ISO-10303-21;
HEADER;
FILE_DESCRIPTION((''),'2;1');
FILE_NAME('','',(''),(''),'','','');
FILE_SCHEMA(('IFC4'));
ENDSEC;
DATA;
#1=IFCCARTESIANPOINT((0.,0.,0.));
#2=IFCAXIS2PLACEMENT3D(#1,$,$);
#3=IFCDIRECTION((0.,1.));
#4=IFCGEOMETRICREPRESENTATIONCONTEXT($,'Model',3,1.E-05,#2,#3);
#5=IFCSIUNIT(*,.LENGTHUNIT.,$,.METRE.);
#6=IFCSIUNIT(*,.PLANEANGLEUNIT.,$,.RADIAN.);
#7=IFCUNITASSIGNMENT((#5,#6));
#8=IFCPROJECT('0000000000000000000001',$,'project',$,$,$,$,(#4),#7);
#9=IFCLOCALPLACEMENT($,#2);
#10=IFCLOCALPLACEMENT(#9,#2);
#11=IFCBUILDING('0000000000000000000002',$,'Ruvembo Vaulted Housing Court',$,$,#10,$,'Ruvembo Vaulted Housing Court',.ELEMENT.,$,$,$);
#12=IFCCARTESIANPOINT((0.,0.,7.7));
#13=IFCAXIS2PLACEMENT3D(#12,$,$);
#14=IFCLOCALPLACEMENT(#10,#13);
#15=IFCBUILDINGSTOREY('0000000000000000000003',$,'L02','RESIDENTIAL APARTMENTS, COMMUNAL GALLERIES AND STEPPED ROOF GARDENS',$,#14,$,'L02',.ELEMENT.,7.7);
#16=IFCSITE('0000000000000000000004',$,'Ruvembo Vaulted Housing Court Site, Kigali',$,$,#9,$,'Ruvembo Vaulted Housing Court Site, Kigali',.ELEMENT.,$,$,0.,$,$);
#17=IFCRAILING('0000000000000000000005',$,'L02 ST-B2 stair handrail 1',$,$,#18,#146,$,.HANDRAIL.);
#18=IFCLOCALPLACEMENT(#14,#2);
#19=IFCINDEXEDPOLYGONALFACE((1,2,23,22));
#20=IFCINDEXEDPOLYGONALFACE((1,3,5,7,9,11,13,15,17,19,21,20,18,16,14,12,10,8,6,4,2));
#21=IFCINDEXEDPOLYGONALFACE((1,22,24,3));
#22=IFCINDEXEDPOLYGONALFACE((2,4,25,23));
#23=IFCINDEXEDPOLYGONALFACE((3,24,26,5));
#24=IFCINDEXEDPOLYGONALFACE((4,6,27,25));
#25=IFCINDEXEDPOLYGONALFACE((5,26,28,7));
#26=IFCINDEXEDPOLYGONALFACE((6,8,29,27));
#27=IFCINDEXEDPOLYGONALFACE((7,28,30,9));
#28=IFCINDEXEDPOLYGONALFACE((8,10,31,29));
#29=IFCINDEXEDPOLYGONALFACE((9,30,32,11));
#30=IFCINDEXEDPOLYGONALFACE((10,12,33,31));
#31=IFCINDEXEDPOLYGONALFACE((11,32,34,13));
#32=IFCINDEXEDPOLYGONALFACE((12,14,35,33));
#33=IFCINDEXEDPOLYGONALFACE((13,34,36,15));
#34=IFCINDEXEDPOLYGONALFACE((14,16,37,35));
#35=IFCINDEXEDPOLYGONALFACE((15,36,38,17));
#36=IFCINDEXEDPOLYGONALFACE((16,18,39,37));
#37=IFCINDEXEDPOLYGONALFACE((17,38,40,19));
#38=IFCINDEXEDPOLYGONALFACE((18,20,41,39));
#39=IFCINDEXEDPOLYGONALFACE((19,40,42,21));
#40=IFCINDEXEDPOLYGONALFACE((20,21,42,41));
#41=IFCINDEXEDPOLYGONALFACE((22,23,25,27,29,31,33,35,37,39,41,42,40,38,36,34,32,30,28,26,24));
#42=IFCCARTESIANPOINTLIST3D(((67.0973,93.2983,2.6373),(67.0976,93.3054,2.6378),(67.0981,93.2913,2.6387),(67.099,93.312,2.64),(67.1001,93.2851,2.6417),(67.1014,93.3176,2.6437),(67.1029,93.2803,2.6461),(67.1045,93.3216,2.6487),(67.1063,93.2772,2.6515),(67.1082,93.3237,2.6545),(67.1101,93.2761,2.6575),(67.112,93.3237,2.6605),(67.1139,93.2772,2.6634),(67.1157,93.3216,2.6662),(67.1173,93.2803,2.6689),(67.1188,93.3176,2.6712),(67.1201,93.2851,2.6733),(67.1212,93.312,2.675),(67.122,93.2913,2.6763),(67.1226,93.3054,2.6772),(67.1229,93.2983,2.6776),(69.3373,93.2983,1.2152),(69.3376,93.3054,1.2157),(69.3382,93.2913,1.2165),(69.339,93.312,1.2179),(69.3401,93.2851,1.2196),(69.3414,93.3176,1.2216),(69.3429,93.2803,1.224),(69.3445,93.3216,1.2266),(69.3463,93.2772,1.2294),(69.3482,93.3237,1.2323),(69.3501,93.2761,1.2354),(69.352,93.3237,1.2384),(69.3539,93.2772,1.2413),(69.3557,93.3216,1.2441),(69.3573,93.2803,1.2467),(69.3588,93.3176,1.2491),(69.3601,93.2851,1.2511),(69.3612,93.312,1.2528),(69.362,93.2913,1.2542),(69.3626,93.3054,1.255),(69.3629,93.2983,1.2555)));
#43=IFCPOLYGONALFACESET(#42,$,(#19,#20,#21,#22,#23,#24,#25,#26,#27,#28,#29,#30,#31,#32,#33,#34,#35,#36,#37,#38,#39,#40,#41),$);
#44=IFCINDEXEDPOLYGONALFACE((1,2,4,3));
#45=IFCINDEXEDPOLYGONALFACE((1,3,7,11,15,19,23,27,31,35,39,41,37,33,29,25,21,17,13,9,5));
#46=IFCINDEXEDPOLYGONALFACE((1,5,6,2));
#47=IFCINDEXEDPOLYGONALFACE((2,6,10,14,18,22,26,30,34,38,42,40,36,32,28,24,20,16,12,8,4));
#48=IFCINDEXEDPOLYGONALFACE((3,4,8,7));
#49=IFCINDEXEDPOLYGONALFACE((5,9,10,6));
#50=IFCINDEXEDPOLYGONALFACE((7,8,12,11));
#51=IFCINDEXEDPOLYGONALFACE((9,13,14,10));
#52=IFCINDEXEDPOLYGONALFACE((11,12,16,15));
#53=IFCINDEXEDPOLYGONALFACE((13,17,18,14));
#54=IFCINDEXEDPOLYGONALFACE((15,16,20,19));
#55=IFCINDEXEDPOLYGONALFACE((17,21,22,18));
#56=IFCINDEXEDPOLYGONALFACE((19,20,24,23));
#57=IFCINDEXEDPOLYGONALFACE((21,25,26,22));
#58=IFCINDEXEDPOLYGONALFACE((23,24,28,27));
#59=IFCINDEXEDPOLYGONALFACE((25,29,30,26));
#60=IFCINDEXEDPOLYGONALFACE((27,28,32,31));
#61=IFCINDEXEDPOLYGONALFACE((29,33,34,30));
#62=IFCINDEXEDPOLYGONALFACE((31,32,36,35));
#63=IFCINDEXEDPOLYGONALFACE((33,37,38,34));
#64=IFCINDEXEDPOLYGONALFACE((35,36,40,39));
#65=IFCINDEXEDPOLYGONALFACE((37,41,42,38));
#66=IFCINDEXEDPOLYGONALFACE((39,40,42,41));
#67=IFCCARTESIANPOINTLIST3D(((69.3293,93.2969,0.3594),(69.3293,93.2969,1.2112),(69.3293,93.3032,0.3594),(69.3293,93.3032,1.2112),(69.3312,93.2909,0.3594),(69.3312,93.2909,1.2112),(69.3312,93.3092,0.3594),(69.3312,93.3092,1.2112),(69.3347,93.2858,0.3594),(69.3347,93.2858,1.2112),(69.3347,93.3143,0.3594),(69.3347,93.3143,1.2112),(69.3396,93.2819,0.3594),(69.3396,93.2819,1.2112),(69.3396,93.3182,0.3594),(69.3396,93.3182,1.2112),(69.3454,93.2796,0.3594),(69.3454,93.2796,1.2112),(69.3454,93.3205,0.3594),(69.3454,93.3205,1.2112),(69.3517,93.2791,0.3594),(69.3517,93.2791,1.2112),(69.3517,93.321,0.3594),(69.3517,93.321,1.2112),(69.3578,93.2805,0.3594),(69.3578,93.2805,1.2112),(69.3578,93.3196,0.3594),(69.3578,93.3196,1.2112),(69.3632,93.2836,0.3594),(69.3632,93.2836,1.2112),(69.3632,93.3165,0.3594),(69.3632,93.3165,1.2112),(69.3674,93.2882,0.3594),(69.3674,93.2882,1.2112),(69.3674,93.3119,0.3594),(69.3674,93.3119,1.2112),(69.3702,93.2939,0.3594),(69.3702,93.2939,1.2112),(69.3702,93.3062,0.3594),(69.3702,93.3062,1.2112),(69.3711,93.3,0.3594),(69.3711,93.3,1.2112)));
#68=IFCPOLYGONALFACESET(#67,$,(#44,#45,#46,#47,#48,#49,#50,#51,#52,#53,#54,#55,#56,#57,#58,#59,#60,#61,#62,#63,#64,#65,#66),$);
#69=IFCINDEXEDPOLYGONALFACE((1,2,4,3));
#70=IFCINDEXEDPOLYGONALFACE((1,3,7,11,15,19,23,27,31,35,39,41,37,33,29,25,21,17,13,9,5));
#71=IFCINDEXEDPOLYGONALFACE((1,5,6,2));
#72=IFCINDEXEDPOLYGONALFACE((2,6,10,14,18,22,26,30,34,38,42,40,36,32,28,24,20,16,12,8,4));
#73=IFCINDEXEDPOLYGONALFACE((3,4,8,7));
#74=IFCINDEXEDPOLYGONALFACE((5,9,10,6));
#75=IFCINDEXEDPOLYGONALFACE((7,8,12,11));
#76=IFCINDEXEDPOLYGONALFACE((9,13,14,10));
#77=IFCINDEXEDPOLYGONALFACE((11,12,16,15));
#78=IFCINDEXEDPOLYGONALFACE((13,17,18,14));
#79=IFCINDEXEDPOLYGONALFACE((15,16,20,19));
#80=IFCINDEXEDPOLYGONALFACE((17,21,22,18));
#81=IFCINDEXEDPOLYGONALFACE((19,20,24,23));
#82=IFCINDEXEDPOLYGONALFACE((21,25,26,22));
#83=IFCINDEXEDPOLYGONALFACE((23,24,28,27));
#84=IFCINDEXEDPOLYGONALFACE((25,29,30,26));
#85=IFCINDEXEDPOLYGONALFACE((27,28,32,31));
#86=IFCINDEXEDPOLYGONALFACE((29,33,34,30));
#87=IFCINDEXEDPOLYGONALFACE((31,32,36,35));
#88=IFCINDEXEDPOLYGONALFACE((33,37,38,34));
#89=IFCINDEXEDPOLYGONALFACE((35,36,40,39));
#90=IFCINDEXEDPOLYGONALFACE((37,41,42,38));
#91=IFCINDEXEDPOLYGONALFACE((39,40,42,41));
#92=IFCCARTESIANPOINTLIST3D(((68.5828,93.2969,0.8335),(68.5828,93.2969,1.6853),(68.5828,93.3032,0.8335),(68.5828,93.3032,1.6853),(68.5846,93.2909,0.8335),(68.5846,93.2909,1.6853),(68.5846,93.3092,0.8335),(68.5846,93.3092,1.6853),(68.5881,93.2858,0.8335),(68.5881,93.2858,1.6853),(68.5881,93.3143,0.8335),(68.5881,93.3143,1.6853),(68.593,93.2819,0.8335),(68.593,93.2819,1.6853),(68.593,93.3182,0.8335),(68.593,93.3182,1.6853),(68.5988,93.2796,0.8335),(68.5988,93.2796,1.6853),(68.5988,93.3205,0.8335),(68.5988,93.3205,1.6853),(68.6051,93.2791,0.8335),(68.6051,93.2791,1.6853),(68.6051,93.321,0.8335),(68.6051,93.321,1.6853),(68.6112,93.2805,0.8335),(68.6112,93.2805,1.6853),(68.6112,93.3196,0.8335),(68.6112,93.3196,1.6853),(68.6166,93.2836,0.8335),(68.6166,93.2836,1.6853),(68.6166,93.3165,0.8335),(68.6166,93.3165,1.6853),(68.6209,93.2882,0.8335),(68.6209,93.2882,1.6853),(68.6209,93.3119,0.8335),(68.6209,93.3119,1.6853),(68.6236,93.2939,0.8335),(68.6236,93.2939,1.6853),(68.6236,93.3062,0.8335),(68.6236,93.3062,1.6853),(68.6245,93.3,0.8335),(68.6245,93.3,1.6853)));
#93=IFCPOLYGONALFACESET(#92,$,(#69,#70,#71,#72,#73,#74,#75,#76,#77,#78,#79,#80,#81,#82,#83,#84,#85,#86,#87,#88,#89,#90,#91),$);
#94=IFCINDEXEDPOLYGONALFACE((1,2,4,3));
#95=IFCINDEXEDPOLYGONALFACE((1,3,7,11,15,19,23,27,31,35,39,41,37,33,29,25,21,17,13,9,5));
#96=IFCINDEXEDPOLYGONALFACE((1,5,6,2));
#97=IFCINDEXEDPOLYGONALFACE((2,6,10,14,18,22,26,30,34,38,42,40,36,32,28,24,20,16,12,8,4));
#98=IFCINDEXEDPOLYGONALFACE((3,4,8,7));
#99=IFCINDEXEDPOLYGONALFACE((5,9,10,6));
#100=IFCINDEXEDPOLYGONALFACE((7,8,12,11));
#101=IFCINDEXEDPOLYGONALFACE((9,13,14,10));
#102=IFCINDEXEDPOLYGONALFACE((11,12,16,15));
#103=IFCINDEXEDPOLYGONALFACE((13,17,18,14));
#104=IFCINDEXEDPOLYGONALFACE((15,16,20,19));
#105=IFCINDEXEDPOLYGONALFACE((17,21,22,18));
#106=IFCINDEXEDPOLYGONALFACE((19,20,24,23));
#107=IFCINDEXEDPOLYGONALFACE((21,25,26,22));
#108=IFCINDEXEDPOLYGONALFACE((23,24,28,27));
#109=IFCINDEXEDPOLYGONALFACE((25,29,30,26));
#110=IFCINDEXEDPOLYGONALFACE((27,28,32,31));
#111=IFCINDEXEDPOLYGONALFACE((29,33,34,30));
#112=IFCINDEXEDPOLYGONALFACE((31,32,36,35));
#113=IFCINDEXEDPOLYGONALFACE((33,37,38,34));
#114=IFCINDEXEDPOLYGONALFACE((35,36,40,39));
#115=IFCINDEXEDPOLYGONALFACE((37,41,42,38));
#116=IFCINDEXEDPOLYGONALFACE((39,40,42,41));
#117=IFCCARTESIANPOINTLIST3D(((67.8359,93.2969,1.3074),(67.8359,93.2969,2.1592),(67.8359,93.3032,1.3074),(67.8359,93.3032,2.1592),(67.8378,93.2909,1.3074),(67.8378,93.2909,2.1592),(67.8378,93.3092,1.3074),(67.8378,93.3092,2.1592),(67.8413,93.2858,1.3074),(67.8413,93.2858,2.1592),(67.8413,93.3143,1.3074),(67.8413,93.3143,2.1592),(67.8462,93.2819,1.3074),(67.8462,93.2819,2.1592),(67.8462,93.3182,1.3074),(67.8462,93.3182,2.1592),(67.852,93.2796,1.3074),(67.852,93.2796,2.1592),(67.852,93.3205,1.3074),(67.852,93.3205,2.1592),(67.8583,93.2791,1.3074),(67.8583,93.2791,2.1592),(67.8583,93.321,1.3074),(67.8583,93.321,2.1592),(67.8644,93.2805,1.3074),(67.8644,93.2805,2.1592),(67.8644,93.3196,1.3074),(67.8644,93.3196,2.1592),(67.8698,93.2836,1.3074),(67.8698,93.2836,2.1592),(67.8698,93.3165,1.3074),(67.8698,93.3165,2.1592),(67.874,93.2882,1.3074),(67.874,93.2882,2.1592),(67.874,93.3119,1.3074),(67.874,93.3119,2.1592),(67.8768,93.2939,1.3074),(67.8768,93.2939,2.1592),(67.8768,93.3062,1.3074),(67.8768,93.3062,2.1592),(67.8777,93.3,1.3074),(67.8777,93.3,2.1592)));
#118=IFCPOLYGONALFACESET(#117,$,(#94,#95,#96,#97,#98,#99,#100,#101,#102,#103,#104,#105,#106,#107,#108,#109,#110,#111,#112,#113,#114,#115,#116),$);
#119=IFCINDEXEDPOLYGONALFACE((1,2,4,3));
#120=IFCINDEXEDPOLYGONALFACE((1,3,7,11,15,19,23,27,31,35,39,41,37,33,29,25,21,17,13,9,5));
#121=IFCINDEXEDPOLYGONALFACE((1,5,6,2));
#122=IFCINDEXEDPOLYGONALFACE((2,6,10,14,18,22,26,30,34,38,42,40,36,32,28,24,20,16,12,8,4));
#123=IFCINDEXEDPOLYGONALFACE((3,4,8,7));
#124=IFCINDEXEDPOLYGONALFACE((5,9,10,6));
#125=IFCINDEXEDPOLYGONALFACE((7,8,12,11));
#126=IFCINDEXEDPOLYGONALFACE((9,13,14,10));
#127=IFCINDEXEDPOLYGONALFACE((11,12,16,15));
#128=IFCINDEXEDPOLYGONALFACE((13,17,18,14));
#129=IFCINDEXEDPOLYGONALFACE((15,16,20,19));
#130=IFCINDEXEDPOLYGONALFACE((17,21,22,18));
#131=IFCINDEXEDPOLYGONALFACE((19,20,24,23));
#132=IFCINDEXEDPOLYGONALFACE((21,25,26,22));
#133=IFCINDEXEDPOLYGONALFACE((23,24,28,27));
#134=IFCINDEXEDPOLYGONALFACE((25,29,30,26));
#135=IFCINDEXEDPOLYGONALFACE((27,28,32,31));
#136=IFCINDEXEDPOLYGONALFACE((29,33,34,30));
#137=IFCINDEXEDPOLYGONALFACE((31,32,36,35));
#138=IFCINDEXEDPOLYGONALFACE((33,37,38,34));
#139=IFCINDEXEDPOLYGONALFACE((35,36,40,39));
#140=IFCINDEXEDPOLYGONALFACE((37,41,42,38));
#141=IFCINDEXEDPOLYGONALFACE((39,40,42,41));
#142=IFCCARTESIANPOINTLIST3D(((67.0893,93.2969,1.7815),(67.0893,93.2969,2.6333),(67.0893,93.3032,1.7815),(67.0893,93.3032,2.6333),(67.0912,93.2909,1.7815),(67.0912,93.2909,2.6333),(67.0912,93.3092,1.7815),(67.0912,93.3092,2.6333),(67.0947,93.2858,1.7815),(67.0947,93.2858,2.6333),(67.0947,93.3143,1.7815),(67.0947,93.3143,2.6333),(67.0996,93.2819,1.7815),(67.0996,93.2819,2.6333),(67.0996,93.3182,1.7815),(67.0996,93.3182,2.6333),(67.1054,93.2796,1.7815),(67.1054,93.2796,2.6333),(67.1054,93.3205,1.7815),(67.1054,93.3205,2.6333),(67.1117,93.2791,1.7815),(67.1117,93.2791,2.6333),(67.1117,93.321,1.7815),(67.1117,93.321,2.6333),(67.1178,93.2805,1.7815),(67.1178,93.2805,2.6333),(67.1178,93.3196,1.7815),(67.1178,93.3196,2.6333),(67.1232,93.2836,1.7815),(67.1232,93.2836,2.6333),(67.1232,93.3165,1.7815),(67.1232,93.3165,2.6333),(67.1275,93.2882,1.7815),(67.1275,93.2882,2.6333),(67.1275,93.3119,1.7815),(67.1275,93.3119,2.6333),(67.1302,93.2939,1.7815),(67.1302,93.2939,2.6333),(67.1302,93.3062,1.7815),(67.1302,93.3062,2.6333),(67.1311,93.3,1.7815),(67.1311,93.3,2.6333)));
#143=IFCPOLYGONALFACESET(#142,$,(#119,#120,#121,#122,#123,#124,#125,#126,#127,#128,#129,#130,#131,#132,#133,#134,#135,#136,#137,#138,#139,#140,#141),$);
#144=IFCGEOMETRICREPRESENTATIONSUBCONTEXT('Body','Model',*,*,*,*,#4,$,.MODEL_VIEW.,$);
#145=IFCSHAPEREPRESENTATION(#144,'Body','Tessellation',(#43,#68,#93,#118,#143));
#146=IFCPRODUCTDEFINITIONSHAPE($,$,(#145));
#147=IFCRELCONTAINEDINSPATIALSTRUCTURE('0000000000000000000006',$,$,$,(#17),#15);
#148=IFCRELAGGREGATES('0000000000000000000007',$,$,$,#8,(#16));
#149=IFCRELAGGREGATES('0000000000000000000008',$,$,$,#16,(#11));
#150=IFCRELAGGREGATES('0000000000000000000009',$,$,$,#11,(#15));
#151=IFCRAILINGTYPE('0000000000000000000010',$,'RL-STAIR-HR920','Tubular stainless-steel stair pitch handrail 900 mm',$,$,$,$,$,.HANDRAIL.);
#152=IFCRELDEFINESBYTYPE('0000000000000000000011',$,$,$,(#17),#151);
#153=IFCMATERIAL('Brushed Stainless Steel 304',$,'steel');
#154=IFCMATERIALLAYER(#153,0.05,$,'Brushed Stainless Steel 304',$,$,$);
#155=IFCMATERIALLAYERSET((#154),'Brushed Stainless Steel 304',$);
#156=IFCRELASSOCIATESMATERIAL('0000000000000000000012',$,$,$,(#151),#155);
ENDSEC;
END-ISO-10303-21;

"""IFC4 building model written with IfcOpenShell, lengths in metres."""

from ifc_helpers import new_model, si_unit, direction, frame, origin, origin_2d, place, context, subcontext, project, spatial, circle, extrude, material, layer, layer_set, type_object, element, save


model = new_model("IFC4")

# Units and contexts
model_context = context("Model", 3, precision=1e-05, world=origin(), true_north=direction((0.0, 1.0)))
body_context = subcontext(model_context, "Body", "Model", "MODEL_VIEW")
ifc_project = project(units=[si_unit("LENGTHUNIT", "METRE"), si_unit("PLANEANGLEUNIT", "RADIAN")], contexts=[model_context])

# Site, building, storey
site_placement = place(None, origin())
site = spatial("IfcSite", under=ifc_project, at=site_placement, Name="Ruvembo Vaulted Housing Court Site, Kigali", LongName="Ruvembo Vaulted Housing Court Site, Kigali", CompositionType="ELEMENT", RefElevation=0.0)
building_placement = place(site_placement, origin())
building = spatial("IfcBuilding", under=site, at=building_placement, Name="Ruvembo Vaulted Housing Court", LongName="Ruvembo Vaulted Housing Court", CompositionType="ELEMENT")
storey_placement = place(building_placement, frame((0.0, 0.0, 7.7)))
storey = spatial("IfcBuildingStorey", under=building, at=storey_placement, Name="L02", Description="RESIDENTIAL APARTMENTS, COMMUNAL GALLERIES AND STEPPED ROOF GARDENS", LongName="L02", CompositionType="ELEMENT", Elevation=7.7)

# Shared definitions
ifc_material_1 = material(Name="Brushed Stainless Steel 304", Category="steel")

# Railing
ifc_layer_1 = layer(ifc_material_1, 0.05, Name="Brushed Stainless Steel 304")
ifc_layer_set_1 = layer_set([ifc_layer_1], Name="Brushed Stainless Steel 304")
railing_type_1 = type_object("IfcRailingType", Name="RL-STAIR-HR920", Description="Tubular stainless-steel stair pitch handrail 900 mm", PredefinedType="HANDRAIL", material=ifc_layer_set_1)
railing_1_placement = place(storey_placement, frame((69.3501, 93.3, 0.3594)))
element("IfcRailing", 1, at=railing_1_placement, inside=storey, type_object=railing_type_1, Name="L02 ST-B2 stair handrail 1", PredefinedType="HANDRAIL", context=body_context, shape_type="SweptSolid", body=[
    extrude(circle(Radius=0.0239, at=origin_2d()), frame((0.0, 0.0, 0.876), z_axis=(-0.844229, 0.0, 0.535982), x_axis=(0.0, -1.0, 0.0)), (0.0, 0.0, 1.0), 2.6533),
    extrude(circle(Radius=0.021, at=origin_2d()), origin(), (0.0, 0.0, 1.0), 0.8518),
    extrude(circle(Radius=0.021, at=origin_2d()), frame((-0.7466, 0.0, 0.4741)), (0.0, 0.0, 1.0), 0.8518),
    extrude(circle(Radius=0.021, at=origin_2d()), frame((-1.4934, 0.0, 0.948)), (0.0, 0.0, 1.0), 0.8518),
    extrude(circle(Radius=0.021, at=origin_2d()), frame((-2.24, 0.0, 1.4221)), (0.0, 0.0, 1.0), 0.8518),
])

save(model, "model.ifc")
